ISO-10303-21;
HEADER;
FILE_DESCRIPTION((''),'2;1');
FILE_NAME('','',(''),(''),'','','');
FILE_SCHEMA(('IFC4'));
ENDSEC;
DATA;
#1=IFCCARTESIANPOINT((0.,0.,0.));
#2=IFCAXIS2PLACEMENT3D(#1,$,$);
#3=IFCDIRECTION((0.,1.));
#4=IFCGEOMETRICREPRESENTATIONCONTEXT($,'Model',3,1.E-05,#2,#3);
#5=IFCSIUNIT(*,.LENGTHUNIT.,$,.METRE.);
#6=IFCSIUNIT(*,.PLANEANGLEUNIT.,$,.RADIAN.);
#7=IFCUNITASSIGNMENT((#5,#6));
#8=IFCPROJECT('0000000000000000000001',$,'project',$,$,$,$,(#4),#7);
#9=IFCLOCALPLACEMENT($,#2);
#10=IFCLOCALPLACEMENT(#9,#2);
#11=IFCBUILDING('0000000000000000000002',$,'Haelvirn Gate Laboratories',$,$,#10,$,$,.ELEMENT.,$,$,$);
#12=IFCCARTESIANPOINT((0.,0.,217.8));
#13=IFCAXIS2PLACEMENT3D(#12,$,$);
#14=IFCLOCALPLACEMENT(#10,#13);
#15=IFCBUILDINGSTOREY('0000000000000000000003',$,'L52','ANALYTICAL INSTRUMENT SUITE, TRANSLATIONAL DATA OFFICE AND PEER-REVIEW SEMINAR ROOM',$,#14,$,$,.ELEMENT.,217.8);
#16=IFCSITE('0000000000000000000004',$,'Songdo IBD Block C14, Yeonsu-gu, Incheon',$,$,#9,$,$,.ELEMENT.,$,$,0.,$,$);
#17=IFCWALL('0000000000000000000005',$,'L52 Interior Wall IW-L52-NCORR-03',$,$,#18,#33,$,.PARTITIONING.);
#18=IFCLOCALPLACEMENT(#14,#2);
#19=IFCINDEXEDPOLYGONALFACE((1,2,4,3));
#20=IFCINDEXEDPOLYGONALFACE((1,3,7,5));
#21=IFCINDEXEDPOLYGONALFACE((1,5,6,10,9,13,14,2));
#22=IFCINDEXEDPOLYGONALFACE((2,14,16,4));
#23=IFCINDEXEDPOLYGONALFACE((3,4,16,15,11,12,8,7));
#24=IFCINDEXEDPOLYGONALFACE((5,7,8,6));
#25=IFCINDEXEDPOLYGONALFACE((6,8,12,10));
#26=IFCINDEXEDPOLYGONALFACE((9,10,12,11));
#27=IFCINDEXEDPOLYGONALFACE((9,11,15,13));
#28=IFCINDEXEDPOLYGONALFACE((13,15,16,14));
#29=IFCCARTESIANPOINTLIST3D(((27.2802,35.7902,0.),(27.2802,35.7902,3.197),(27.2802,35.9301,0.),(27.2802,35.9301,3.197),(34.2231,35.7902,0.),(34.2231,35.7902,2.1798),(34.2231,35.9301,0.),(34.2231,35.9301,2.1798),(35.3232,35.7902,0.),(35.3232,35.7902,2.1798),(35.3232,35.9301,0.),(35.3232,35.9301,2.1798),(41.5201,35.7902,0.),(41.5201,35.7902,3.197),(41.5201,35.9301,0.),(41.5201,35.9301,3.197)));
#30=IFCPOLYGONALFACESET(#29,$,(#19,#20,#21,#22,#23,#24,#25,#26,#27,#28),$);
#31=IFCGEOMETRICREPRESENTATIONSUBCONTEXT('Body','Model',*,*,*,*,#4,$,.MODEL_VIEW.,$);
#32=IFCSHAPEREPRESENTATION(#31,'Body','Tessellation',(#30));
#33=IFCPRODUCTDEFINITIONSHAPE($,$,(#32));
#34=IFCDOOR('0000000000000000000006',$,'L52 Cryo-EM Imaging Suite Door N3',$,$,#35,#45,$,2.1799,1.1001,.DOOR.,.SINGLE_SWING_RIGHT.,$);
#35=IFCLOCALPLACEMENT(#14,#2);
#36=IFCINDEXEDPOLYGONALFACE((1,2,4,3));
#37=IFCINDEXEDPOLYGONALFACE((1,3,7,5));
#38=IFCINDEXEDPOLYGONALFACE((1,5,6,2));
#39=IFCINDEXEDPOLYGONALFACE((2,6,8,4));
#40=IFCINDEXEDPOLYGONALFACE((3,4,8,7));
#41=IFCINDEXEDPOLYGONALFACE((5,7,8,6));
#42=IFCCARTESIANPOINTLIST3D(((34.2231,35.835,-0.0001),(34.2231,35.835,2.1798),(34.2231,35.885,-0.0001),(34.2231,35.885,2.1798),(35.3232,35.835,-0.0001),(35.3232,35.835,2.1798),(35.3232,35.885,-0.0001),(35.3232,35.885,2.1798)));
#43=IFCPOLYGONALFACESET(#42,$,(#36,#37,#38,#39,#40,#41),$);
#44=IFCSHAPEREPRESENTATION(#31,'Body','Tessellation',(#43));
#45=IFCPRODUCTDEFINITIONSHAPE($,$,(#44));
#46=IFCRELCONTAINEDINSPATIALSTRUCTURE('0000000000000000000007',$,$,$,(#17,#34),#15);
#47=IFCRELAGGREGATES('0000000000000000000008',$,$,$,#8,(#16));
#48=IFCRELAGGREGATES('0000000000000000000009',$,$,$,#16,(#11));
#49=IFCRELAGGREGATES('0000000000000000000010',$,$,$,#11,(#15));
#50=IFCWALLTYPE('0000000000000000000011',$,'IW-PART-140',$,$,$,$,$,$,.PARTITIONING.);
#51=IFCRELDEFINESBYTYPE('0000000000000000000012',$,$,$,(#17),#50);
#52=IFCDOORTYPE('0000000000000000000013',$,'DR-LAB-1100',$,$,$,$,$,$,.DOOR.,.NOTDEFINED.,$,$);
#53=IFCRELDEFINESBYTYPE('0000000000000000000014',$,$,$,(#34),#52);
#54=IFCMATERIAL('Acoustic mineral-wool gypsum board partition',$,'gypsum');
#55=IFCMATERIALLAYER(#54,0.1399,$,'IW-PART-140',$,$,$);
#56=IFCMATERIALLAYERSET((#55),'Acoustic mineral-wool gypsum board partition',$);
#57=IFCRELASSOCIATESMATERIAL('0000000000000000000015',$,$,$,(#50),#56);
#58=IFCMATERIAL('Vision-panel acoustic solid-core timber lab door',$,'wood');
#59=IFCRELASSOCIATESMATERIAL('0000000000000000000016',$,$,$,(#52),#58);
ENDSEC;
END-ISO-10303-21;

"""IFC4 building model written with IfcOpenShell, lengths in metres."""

from ifc_helpers import new_model, si_unit, direction, frame, frame_2d, origin, place, context, subcontext, project, spatial, rectangle, extrude, source, transform, mapped, material, layer, layer_set, type_object, type_shapes, element, fill, save


model = new_model("IFC4")

# Units and contexts
model_context = context("Model", 3, precision=1e-05, world=origin(), true_north=direction((0.0, 1.0)))
body_context = subcontext(model_context, "Body", "Model", "MODEL_VIEW")
ifc_project = project(units=[si_unit("LENGTHUNIT", "METRE"), si_unit("PLANEANGLEUNIT", "RADIAN")], contexts=[model_context])

# Site, building, storey
site_placement = place(None, origin())
site = spatial("IfcSite", under=ifc_project, at=site_placement, Name="Songdo IBD Block C14, Yeonsu-gu, Incheon", CompositionType="ELEMENT", RefElevation=0.0)
building_placement = place(site_placement, origin())
building = spatial("IfcBuilding", under=site, at=building_placement, Name="Haelvirn Gate Laboratories", CompositionType="ELEMENT")
storey_placement = place(building_placement, frame((0.0, 0.0, 217.8)))
storey = spatial("IfcBuildingStorey", under=building, at=storey_placement, Name="L52", Description="ANALYTICAL INSTRUMENT SUITE, TRANSLATIONAL DATA OFFICE AND PEER-REVIEW SEMINAR ROOM", CompositionType="ELEMENT", Elevation=217.8)

# Wall, opening, door
ifc_material_1 = material(Name="Acoustic mineral-wool gypsum board partition", Category="gypsum")
ifc_layer_1 = layer(ifc_material_1, 0.1399, Name="IW-PART-140")
ifc_layer_set_1 = layer_set([ifc_layer_1], Name="Acoustic mineral-wool gypsum board partition")
wall_type_1 = type_object("IfcWallType", Name="IW-PART-140", PredefinedType="PARTITIONING", material=ifc_layer_set_1)
wall_1_placement = place(storey_placement, frame((27.28, 35.8601, 0.0), z_axis=(0.0, 0.0, 1.0), x_axis=(1.0, 0.0, 0.0)))
wall_1 = element("IfcWall", 1, at=wall_1_placement, inside=storey, type_object=wall_type_1, Name="L52 Interior Wall IW-L52-NCORR-03", PredefinedType="PARTITIONING", context=body_context, shape_type="SweptSolid", body=[
    extrude(rectangle(XDim=14.24, YDim=0.1399, at=frame_2d((7.1201, 0.0))), origin(), (0.0, 0.0, 1.0), 3.197),
])
opening_placement = place(wall_1_placement, frame((6.9431, 0.0, 0.0)))
opening = element("IfcOpeningElement", 2, at=opening_placement, cuts=wall_1, PredefinedType="OPENING", context=body_context, shape_type="SweptSolid", body=[
    extrude(rectangle(XDim=1.1001, YDim=2.1799, at=frame_2d((0.55, 1.0898))), frame((0.0, 0.0801, 0.0), z_axis=(0.0, -1.0, 0.0), x_axis=(1.0, 0.0, 0.0)), (0.0, 0.0, 1.0), 0.1599),
])
ifc_material_2 = material(Name="Vision-panel acoustic solid-core timber lab door", Category="wood")
door_type = type_object("IfcDoorType", Name="DR-LAB-1100", OperationType="NOTDEFINED", PredefinedType="DOOR", material=ifc_material_2)
shared_shape_1 = source(origin(), body_context, "Body", "SweptSolid", [
    extrude(rectangle(XDim=1.1001, YDim=2.1799, at=frame_2d((0.55, 1.0898))), frame((0.0, 0.0249, 0.0), z_axis=(0.0, -1.0, 0.0), x_axis=(1.0, 0.0, 0.0)), (0.0, 0.0, 1.0), 0.05),
])
type_shapes(door_type, [shared_shape_1])
door_placement = place(opening_placement, origin())
door = element("IfcDoor", 3, at=door_placement, inside=storey, type_object=door_type, Name="L52 Cryo-EM Imaging Suite Door N3", OperationType="SINGLE_SWING_RIGHT", OverallHeight=2.1799, OverallWidth=1.1001, PredefinedType="DOOR", context=body_context, shape_type="MappedRepresentation", body=[
    mapped(shared_shape_1, transform((0.0, 0.0, 0.0), scale=1.0)),
])
fill(opening, door)

save(model, "model.ifc")
